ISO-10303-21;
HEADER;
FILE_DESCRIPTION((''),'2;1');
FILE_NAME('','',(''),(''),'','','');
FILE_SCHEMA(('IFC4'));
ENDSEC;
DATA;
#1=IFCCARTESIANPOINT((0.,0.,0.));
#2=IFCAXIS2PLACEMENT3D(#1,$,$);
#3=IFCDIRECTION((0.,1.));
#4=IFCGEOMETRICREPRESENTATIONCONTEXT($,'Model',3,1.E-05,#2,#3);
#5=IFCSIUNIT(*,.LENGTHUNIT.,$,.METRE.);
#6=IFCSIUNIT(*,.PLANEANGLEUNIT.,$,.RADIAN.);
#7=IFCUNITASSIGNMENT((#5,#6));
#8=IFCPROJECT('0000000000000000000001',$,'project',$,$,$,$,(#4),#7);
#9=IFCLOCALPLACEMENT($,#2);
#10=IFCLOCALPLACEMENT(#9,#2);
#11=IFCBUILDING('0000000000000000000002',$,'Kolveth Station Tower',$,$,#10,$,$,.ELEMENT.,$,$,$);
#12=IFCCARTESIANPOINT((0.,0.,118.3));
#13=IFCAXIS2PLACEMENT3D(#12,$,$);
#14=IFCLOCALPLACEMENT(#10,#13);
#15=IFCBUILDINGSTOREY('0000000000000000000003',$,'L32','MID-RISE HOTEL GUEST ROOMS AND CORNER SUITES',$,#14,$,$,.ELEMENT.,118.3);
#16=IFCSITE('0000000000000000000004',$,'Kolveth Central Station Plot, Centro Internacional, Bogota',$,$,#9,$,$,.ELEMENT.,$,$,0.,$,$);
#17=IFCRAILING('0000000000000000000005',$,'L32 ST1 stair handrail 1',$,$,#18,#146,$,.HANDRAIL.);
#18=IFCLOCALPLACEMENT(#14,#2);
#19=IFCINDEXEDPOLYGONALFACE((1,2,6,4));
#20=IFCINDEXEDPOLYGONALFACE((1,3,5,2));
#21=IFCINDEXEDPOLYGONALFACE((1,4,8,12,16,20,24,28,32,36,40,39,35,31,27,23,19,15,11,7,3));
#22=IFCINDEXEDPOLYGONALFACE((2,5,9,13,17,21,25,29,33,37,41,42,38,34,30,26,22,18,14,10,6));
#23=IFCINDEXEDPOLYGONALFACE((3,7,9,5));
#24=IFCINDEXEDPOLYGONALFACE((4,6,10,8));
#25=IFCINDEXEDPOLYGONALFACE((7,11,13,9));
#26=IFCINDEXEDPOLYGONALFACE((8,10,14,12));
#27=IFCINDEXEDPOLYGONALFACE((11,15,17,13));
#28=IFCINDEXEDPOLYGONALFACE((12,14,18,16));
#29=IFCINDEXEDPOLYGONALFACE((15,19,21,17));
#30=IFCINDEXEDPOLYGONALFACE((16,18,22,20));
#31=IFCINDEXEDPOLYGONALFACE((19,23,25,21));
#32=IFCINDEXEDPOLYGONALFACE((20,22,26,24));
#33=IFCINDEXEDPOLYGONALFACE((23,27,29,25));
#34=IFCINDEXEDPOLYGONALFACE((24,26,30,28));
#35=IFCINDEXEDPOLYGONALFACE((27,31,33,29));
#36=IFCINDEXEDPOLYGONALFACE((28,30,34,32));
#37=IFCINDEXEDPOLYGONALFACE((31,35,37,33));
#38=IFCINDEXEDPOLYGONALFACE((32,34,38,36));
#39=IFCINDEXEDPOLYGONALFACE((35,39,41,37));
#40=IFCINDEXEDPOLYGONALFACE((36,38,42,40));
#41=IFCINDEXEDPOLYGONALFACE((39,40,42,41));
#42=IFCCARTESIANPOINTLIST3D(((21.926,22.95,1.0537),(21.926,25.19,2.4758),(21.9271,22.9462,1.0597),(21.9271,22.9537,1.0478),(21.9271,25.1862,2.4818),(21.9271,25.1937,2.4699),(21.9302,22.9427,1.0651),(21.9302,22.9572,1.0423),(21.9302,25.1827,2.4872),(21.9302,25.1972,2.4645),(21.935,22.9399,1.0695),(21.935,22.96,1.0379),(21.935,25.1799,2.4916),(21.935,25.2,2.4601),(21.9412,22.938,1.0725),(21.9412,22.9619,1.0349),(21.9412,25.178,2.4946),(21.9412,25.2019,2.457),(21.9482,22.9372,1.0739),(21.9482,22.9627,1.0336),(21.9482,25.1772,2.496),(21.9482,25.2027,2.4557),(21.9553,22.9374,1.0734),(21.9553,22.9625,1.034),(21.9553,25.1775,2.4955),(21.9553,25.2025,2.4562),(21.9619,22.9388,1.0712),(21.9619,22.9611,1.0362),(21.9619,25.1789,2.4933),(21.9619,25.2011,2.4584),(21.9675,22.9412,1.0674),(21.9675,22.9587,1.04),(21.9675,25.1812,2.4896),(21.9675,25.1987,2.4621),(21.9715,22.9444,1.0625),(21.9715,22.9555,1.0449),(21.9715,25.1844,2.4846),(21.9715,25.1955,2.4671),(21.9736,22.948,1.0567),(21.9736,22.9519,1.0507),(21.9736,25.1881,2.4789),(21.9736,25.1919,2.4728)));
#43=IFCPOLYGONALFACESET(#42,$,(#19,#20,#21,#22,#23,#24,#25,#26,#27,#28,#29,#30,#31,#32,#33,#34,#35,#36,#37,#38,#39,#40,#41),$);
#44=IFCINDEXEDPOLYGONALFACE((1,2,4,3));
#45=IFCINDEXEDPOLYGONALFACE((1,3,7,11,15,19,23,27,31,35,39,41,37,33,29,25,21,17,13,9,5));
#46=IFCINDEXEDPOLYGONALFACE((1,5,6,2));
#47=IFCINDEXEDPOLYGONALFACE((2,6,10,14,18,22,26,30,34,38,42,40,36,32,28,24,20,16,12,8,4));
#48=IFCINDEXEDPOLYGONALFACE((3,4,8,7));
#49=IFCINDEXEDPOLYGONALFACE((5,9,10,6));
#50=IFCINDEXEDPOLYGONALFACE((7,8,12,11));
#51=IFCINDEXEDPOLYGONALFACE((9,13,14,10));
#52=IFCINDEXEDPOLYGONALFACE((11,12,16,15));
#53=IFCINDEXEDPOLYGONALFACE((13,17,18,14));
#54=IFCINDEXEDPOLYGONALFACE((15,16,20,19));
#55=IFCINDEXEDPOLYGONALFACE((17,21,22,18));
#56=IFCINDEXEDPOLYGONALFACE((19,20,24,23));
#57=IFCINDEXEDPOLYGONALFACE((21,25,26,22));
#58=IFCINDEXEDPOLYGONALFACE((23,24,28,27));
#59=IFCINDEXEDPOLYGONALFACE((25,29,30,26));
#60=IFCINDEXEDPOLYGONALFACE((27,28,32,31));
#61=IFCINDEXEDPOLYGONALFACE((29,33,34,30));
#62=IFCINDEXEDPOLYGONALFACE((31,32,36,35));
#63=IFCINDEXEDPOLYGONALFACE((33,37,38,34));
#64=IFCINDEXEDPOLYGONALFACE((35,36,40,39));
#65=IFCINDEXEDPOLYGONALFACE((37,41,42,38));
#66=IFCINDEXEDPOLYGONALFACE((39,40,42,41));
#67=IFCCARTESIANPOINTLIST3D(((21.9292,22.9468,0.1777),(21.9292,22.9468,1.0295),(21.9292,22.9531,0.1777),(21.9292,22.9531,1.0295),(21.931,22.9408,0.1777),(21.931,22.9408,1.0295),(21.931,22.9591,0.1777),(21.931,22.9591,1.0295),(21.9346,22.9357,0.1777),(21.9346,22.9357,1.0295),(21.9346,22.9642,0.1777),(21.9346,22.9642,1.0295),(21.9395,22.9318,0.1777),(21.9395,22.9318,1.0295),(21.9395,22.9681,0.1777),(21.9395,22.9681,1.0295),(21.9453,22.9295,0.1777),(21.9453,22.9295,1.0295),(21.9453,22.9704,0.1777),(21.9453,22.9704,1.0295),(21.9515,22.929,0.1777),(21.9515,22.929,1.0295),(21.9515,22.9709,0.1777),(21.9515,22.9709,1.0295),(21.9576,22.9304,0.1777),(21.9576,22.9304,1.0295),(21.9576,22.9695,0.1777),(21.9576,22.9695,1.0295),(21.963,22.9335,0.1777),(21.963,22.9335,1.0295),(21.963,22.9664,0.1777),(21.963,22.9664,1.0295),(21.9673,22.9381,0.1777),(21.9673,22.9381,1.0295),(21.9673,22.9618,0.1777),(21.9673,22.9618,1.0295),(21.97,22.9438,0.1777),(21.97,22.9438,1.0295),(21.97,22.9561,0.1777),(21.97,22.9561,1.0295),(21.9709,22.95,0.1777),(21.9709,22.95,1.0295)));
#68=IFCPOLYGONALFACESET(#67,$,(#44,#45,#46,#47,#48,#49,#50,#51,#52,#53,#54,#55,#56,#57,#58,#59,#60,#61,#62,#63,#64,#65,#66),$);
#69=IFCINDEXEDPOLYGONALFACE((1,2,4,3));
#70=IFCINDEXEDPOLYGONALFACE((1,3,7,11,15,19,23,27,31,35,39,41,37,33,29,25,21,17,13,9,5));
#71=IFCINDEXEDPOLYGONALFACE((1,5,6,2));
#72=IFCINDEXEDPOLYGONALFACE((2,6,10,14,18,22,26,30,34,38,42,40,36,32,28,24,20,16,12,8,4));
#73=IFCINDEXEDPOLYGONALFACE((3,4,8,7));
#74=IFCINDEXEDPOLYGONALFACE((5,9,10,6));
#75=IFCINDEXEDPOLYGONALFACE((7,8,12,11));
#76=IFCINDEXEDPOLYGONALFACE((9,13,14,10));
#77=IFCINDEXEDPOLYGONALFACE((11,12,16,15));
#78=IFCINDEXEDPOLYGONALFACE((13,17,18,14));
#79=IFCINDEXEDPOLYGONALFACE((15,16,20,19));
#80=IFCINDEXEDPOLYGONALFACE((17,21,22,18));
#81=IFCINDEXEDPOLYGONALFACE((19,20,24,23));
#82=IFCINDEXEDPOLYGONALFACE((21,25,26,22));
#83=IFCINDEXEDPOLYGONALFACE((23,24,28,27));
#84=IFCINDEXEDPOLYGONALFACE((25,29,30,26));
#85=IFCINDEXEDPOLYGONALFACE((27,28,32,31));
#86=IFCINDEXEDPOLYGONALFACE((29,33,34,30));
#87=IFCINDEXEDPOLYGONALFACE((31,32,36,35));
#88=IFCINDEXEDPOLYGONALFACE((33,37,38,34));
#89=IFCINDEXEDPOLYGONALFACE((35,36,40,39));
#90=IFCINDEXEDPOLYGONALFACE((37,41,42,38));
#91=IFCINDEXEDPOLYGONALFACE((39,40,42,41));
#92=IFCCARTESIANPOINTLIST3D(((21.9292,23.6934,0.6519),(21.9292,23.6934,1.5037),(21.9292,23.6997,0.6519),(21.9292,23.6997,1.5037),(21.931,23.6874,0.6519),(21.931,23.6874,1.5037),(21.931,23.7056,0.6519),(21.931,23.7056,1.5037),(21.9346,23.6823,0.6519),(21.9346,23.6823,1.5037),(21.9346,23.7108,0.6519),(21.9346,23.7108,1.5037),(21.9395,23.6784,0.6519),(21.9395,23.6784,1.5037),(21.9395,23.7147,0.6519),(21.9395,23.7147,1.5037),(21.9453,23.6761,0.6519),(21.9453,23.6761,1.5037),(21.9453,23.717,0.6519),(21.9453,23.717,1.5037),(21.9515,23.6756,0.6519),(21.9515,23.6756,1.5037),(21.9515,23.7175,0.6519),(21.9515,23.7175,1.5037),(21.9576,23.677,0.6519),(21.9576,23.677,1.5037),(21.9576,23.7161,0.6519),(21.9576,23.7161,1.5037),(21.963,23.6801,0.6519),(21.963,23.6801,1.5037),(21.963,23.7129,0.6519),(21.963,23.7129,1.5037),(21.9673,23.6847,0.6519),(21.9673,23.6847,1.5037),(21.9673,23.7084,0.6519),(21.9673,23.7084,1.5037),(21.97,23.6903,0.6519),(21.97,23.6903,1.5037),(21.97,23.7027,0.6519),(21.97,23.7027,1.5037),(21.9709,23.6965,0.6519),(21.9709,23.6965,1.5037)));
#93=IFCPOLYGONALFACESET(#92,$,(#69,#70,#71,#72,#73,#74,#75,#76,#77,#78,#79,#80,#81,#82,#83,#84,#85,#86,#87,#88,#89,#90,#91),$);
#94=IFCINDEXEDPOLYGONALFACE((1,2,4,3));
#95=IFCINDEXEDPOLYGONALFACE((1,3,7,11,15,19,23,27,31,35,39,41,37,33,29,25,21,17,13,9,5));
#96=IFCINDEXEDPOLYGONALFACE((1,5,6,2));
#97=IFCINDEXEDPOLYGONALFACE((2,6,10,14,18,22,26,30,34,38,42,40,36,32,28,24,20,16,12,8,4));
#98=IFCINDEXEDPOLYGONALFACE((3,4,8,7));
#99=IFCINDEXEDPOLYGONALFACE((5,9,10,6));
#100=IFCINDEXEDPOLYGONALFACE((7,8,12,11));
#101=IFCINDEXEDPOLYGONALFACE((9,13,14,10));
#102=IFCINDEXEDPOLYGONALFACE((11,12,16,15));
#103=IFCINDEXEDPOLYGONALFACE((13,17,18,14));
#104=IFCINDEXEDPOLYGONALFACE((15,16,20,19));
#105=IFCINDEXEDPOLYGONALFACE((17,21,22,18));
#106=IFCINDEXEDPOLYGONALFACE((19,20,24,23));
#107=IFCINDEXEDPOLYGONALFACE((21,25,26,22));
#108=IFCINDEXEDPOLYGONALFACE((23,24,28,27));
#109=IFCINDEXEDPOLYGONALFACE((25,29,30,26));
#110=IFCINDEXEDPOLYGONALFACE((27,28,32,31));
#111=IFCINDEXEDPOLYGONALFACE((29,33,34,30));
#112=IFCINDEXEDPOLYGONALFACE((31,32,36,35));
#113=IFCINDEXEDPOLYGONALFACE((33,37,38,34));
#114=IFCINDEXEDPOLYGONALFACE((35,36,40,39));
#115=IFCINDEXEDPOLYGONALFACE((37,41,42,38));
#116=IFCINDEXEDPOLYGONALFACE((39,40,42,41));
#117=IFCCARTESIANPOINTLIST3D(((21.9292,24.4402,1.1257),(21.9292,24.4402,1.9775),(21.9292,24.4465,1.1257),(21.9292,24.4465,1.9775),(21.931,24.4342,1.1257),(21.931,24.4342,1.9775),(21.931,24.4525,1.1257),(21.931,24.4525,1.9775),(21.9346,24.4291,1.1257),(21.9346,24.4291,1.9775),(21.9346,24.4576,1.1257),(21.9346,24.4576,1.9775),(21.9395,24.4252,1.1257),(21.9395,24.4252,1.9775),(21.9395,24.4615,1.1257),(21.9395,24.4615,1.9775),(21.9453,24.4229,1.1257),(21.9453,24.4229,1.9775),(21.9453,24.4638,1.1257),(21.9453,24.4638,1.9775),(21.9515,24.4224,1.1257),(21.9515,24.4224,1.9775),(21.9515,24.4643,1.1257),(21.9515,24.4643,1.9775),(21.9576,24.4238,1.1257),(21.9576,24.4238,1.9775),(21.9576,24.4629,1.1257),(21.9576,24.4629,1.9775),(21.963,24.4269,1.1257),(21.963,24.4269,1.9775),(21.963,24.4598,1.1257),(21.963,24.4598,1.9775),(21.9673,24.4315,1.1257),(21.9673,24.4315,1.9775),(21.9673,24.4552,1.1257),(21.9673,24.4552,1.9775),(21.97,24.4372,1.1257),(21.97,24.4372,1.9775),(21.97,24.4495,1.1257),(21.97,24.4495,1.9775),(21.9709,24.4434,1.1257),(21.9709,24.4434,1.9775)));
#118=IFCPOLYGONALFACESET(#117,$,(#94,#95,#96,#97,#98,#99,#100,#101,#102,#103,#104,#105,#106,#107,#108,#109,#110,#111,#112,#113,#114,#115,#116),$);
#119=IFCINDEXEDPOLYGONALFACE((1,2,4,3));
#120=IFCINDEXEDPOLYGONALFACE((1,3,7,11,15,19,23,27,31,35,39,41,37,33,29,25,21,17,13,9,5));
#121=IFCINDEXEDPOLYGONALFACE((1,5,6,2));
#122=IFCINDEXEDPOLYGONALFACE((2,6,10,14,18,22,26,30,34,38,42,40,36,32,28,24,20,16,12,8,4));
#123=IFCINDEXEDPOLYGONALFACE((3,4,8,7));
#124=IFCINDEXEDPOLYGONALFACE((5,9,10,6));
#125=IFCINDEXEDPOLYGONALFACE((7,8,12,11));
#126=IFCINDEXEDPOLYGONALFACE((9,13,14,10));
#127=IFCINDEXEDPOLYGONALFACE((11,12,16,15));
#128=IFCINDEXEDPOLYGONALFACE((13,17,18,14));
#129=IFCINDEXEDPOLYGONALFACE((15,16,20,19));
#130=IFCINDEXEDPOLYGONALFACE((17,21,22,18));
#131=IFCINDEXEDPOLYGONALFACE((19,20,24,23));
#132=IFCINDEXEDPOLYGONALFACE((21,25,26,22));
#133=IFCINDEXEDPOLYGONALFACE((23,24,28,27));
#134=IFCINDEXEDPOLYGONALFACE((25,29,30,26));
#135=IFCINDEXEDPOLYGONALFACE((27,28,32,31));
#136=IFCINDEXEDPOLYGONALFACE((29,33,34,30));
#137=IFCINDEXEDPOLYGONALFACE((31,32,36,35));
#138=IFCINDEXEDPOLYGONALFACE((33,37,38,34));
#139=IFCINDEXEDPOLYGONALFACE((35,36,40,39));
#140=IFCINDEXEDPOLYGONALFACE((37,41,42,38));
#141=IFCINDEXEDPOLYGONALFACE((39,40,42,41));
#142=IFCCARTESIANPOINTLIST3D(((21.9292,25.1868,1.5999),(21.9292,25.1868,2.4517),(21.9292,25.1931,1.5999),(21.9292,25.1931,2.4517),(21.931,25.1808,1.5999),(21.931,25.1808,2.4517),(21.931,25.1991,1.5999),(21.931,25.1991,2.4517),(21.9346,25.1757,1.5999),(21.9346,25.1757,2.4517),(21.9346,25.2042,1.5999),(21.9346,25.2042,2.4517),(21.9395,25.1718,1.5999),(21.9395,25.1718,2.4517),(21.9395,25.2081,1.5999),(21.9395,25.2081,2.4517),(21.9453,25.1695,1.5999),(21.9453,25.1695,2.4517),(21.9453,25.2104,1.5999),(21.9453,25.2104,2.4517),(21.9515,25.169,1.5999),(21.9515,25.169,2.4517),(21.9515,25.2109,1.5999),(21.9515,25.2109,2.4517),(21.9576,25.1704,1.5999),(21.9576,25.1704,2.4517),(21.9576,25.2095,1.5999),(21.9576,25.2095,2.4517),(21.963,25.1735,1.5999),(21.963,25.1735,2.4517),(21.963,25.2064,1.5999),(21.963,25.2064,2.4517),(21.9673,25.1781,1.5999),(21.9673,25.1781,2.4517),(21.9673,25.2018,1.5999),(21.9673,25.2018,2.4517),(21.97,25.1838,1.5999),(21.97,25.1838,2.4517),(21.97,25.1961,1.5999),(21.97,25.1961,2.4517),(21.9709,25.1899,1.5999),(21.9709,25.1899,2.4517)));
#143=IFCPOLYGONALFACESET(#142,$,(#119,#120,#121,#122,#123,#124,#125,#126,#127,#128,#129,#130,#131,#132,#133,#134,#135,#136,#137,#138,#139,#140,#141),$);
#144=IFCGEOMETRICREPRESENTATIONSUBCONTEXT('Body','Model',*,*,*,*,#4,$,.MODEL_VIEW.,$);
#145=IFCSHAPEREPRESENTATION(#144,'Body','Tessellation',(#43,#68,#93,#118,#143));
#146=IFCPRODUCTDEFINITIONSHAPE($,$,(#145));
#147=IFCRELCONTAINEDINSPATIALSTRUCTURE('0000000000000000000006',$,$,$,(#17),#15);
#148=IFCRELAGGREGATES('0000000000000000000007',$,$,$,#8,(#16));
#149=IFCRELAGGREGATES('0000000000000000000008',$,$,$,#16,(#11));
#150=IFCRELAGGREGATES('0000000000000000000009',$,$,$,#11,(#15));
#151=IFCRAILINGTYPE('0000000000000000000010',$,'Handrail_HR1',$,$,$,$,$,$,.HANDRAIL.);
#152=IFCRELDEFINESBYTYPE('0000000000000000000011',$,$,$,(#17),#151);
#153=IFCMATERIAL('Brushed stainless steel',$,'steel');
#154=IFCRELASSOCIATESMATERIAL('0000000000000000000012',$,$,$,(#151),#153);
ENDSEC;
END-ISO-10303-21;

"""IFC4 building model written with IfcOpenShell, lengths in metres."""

from ifc_helpers import new_model, si_unit, direction, frame, origin, origin_2d, place, context, subcontext, project, spatial, circle, extrude, material, type_object, element, save


model = new_model("IFC4")

# Units and contexts
model_context = context("Model", 3, precision=1e-05, world=origin(), true_north=direction((0.0, 1.0)))
body_context = subcontext(model_context, "Body", "Model", "MODEL_VIEW")
ifc_project = project(units=[si_unit("LENGTHUNIT", "METRE"), si_unit("PLANEANGLEUNIT", "RADIAN")], contexts=[model_context])

# Site, building, storey
site_placement = place(None, origin())
site = spatial("IfcSite", under=ifc_project, at=site_placement, Name="Kolveth Central Station Plot, Centro Internacional, Bogota", CompositionType="ELEMENT", RefElevation=0.0)
building_placement = place(site_placement, origin())
building = spatial("IfcBuilding", under=site, at=building_placement, Name="Kolveth Station Tower", CompositionType="ELEMENT")
storey_placement = place(building_placement, frame((0.0, 0.0, 118.3)))
storey = spatial("IfcBuildingStorey", under=building, at=storey_placement, Name="L32", Description="MID-RISE HOTEL GUEST ROOMS AND CORNER SUITES", CompositionType="ELEMENT", Elevation=118.3)

# Railing
ifc_material_1 = material(Name="Brushed stainless steel", Category="steel")
railing_type_1 = type_object("IfcRailingType", Name="Handrail_HR1", PredefinedType="HANDRAIL", material=ifc_material_1)
railing_1_placement = place(storey_placement, frame((21.95, 22.95, 0.1777)))
element("IfcRailing", 1, at=railing_1_placement, inside=storey, type_object=railing_type_1, Name="L32 ST1 stair handrail 1", PredefinedType="HANDRAIL", context=body_context, shape_type="SweptSolid", body=[
    extrude(circle(Radius=0.0239, at=origin_2d()), frame((0.0, 0.0, 0.876), z_axis=(0.0, 0.844229, 0.535982), x_axis=(-1.0, 0.0, 0.0)), (0.0, 0.0, 1.0), 2.6533),
    extrude(circle(Radius=0.021, at=origin_2d()), origin(), (0.0, 0.0, 1.0), 0.8518),
    extrude(circle(Radius=0.021, at=origin_2d()), frame((0.0, 0.7466, 0.4741)), (0.0, 0.0, 1.0), 0.8518),
    extrude(circle(Radius=0.021, at=origin_2d()), frame((0.0, 1.4934, 0.948)), (0.0, 0.0, 1.0), 0.8518),
    extrude(circle(Radius=0.021, at=origin_2d()), frame((0.0, 2.24, 1.4221)), (0.0, 0.0, 1.0), 0.8518),
])

save(model, "model.ifc")
